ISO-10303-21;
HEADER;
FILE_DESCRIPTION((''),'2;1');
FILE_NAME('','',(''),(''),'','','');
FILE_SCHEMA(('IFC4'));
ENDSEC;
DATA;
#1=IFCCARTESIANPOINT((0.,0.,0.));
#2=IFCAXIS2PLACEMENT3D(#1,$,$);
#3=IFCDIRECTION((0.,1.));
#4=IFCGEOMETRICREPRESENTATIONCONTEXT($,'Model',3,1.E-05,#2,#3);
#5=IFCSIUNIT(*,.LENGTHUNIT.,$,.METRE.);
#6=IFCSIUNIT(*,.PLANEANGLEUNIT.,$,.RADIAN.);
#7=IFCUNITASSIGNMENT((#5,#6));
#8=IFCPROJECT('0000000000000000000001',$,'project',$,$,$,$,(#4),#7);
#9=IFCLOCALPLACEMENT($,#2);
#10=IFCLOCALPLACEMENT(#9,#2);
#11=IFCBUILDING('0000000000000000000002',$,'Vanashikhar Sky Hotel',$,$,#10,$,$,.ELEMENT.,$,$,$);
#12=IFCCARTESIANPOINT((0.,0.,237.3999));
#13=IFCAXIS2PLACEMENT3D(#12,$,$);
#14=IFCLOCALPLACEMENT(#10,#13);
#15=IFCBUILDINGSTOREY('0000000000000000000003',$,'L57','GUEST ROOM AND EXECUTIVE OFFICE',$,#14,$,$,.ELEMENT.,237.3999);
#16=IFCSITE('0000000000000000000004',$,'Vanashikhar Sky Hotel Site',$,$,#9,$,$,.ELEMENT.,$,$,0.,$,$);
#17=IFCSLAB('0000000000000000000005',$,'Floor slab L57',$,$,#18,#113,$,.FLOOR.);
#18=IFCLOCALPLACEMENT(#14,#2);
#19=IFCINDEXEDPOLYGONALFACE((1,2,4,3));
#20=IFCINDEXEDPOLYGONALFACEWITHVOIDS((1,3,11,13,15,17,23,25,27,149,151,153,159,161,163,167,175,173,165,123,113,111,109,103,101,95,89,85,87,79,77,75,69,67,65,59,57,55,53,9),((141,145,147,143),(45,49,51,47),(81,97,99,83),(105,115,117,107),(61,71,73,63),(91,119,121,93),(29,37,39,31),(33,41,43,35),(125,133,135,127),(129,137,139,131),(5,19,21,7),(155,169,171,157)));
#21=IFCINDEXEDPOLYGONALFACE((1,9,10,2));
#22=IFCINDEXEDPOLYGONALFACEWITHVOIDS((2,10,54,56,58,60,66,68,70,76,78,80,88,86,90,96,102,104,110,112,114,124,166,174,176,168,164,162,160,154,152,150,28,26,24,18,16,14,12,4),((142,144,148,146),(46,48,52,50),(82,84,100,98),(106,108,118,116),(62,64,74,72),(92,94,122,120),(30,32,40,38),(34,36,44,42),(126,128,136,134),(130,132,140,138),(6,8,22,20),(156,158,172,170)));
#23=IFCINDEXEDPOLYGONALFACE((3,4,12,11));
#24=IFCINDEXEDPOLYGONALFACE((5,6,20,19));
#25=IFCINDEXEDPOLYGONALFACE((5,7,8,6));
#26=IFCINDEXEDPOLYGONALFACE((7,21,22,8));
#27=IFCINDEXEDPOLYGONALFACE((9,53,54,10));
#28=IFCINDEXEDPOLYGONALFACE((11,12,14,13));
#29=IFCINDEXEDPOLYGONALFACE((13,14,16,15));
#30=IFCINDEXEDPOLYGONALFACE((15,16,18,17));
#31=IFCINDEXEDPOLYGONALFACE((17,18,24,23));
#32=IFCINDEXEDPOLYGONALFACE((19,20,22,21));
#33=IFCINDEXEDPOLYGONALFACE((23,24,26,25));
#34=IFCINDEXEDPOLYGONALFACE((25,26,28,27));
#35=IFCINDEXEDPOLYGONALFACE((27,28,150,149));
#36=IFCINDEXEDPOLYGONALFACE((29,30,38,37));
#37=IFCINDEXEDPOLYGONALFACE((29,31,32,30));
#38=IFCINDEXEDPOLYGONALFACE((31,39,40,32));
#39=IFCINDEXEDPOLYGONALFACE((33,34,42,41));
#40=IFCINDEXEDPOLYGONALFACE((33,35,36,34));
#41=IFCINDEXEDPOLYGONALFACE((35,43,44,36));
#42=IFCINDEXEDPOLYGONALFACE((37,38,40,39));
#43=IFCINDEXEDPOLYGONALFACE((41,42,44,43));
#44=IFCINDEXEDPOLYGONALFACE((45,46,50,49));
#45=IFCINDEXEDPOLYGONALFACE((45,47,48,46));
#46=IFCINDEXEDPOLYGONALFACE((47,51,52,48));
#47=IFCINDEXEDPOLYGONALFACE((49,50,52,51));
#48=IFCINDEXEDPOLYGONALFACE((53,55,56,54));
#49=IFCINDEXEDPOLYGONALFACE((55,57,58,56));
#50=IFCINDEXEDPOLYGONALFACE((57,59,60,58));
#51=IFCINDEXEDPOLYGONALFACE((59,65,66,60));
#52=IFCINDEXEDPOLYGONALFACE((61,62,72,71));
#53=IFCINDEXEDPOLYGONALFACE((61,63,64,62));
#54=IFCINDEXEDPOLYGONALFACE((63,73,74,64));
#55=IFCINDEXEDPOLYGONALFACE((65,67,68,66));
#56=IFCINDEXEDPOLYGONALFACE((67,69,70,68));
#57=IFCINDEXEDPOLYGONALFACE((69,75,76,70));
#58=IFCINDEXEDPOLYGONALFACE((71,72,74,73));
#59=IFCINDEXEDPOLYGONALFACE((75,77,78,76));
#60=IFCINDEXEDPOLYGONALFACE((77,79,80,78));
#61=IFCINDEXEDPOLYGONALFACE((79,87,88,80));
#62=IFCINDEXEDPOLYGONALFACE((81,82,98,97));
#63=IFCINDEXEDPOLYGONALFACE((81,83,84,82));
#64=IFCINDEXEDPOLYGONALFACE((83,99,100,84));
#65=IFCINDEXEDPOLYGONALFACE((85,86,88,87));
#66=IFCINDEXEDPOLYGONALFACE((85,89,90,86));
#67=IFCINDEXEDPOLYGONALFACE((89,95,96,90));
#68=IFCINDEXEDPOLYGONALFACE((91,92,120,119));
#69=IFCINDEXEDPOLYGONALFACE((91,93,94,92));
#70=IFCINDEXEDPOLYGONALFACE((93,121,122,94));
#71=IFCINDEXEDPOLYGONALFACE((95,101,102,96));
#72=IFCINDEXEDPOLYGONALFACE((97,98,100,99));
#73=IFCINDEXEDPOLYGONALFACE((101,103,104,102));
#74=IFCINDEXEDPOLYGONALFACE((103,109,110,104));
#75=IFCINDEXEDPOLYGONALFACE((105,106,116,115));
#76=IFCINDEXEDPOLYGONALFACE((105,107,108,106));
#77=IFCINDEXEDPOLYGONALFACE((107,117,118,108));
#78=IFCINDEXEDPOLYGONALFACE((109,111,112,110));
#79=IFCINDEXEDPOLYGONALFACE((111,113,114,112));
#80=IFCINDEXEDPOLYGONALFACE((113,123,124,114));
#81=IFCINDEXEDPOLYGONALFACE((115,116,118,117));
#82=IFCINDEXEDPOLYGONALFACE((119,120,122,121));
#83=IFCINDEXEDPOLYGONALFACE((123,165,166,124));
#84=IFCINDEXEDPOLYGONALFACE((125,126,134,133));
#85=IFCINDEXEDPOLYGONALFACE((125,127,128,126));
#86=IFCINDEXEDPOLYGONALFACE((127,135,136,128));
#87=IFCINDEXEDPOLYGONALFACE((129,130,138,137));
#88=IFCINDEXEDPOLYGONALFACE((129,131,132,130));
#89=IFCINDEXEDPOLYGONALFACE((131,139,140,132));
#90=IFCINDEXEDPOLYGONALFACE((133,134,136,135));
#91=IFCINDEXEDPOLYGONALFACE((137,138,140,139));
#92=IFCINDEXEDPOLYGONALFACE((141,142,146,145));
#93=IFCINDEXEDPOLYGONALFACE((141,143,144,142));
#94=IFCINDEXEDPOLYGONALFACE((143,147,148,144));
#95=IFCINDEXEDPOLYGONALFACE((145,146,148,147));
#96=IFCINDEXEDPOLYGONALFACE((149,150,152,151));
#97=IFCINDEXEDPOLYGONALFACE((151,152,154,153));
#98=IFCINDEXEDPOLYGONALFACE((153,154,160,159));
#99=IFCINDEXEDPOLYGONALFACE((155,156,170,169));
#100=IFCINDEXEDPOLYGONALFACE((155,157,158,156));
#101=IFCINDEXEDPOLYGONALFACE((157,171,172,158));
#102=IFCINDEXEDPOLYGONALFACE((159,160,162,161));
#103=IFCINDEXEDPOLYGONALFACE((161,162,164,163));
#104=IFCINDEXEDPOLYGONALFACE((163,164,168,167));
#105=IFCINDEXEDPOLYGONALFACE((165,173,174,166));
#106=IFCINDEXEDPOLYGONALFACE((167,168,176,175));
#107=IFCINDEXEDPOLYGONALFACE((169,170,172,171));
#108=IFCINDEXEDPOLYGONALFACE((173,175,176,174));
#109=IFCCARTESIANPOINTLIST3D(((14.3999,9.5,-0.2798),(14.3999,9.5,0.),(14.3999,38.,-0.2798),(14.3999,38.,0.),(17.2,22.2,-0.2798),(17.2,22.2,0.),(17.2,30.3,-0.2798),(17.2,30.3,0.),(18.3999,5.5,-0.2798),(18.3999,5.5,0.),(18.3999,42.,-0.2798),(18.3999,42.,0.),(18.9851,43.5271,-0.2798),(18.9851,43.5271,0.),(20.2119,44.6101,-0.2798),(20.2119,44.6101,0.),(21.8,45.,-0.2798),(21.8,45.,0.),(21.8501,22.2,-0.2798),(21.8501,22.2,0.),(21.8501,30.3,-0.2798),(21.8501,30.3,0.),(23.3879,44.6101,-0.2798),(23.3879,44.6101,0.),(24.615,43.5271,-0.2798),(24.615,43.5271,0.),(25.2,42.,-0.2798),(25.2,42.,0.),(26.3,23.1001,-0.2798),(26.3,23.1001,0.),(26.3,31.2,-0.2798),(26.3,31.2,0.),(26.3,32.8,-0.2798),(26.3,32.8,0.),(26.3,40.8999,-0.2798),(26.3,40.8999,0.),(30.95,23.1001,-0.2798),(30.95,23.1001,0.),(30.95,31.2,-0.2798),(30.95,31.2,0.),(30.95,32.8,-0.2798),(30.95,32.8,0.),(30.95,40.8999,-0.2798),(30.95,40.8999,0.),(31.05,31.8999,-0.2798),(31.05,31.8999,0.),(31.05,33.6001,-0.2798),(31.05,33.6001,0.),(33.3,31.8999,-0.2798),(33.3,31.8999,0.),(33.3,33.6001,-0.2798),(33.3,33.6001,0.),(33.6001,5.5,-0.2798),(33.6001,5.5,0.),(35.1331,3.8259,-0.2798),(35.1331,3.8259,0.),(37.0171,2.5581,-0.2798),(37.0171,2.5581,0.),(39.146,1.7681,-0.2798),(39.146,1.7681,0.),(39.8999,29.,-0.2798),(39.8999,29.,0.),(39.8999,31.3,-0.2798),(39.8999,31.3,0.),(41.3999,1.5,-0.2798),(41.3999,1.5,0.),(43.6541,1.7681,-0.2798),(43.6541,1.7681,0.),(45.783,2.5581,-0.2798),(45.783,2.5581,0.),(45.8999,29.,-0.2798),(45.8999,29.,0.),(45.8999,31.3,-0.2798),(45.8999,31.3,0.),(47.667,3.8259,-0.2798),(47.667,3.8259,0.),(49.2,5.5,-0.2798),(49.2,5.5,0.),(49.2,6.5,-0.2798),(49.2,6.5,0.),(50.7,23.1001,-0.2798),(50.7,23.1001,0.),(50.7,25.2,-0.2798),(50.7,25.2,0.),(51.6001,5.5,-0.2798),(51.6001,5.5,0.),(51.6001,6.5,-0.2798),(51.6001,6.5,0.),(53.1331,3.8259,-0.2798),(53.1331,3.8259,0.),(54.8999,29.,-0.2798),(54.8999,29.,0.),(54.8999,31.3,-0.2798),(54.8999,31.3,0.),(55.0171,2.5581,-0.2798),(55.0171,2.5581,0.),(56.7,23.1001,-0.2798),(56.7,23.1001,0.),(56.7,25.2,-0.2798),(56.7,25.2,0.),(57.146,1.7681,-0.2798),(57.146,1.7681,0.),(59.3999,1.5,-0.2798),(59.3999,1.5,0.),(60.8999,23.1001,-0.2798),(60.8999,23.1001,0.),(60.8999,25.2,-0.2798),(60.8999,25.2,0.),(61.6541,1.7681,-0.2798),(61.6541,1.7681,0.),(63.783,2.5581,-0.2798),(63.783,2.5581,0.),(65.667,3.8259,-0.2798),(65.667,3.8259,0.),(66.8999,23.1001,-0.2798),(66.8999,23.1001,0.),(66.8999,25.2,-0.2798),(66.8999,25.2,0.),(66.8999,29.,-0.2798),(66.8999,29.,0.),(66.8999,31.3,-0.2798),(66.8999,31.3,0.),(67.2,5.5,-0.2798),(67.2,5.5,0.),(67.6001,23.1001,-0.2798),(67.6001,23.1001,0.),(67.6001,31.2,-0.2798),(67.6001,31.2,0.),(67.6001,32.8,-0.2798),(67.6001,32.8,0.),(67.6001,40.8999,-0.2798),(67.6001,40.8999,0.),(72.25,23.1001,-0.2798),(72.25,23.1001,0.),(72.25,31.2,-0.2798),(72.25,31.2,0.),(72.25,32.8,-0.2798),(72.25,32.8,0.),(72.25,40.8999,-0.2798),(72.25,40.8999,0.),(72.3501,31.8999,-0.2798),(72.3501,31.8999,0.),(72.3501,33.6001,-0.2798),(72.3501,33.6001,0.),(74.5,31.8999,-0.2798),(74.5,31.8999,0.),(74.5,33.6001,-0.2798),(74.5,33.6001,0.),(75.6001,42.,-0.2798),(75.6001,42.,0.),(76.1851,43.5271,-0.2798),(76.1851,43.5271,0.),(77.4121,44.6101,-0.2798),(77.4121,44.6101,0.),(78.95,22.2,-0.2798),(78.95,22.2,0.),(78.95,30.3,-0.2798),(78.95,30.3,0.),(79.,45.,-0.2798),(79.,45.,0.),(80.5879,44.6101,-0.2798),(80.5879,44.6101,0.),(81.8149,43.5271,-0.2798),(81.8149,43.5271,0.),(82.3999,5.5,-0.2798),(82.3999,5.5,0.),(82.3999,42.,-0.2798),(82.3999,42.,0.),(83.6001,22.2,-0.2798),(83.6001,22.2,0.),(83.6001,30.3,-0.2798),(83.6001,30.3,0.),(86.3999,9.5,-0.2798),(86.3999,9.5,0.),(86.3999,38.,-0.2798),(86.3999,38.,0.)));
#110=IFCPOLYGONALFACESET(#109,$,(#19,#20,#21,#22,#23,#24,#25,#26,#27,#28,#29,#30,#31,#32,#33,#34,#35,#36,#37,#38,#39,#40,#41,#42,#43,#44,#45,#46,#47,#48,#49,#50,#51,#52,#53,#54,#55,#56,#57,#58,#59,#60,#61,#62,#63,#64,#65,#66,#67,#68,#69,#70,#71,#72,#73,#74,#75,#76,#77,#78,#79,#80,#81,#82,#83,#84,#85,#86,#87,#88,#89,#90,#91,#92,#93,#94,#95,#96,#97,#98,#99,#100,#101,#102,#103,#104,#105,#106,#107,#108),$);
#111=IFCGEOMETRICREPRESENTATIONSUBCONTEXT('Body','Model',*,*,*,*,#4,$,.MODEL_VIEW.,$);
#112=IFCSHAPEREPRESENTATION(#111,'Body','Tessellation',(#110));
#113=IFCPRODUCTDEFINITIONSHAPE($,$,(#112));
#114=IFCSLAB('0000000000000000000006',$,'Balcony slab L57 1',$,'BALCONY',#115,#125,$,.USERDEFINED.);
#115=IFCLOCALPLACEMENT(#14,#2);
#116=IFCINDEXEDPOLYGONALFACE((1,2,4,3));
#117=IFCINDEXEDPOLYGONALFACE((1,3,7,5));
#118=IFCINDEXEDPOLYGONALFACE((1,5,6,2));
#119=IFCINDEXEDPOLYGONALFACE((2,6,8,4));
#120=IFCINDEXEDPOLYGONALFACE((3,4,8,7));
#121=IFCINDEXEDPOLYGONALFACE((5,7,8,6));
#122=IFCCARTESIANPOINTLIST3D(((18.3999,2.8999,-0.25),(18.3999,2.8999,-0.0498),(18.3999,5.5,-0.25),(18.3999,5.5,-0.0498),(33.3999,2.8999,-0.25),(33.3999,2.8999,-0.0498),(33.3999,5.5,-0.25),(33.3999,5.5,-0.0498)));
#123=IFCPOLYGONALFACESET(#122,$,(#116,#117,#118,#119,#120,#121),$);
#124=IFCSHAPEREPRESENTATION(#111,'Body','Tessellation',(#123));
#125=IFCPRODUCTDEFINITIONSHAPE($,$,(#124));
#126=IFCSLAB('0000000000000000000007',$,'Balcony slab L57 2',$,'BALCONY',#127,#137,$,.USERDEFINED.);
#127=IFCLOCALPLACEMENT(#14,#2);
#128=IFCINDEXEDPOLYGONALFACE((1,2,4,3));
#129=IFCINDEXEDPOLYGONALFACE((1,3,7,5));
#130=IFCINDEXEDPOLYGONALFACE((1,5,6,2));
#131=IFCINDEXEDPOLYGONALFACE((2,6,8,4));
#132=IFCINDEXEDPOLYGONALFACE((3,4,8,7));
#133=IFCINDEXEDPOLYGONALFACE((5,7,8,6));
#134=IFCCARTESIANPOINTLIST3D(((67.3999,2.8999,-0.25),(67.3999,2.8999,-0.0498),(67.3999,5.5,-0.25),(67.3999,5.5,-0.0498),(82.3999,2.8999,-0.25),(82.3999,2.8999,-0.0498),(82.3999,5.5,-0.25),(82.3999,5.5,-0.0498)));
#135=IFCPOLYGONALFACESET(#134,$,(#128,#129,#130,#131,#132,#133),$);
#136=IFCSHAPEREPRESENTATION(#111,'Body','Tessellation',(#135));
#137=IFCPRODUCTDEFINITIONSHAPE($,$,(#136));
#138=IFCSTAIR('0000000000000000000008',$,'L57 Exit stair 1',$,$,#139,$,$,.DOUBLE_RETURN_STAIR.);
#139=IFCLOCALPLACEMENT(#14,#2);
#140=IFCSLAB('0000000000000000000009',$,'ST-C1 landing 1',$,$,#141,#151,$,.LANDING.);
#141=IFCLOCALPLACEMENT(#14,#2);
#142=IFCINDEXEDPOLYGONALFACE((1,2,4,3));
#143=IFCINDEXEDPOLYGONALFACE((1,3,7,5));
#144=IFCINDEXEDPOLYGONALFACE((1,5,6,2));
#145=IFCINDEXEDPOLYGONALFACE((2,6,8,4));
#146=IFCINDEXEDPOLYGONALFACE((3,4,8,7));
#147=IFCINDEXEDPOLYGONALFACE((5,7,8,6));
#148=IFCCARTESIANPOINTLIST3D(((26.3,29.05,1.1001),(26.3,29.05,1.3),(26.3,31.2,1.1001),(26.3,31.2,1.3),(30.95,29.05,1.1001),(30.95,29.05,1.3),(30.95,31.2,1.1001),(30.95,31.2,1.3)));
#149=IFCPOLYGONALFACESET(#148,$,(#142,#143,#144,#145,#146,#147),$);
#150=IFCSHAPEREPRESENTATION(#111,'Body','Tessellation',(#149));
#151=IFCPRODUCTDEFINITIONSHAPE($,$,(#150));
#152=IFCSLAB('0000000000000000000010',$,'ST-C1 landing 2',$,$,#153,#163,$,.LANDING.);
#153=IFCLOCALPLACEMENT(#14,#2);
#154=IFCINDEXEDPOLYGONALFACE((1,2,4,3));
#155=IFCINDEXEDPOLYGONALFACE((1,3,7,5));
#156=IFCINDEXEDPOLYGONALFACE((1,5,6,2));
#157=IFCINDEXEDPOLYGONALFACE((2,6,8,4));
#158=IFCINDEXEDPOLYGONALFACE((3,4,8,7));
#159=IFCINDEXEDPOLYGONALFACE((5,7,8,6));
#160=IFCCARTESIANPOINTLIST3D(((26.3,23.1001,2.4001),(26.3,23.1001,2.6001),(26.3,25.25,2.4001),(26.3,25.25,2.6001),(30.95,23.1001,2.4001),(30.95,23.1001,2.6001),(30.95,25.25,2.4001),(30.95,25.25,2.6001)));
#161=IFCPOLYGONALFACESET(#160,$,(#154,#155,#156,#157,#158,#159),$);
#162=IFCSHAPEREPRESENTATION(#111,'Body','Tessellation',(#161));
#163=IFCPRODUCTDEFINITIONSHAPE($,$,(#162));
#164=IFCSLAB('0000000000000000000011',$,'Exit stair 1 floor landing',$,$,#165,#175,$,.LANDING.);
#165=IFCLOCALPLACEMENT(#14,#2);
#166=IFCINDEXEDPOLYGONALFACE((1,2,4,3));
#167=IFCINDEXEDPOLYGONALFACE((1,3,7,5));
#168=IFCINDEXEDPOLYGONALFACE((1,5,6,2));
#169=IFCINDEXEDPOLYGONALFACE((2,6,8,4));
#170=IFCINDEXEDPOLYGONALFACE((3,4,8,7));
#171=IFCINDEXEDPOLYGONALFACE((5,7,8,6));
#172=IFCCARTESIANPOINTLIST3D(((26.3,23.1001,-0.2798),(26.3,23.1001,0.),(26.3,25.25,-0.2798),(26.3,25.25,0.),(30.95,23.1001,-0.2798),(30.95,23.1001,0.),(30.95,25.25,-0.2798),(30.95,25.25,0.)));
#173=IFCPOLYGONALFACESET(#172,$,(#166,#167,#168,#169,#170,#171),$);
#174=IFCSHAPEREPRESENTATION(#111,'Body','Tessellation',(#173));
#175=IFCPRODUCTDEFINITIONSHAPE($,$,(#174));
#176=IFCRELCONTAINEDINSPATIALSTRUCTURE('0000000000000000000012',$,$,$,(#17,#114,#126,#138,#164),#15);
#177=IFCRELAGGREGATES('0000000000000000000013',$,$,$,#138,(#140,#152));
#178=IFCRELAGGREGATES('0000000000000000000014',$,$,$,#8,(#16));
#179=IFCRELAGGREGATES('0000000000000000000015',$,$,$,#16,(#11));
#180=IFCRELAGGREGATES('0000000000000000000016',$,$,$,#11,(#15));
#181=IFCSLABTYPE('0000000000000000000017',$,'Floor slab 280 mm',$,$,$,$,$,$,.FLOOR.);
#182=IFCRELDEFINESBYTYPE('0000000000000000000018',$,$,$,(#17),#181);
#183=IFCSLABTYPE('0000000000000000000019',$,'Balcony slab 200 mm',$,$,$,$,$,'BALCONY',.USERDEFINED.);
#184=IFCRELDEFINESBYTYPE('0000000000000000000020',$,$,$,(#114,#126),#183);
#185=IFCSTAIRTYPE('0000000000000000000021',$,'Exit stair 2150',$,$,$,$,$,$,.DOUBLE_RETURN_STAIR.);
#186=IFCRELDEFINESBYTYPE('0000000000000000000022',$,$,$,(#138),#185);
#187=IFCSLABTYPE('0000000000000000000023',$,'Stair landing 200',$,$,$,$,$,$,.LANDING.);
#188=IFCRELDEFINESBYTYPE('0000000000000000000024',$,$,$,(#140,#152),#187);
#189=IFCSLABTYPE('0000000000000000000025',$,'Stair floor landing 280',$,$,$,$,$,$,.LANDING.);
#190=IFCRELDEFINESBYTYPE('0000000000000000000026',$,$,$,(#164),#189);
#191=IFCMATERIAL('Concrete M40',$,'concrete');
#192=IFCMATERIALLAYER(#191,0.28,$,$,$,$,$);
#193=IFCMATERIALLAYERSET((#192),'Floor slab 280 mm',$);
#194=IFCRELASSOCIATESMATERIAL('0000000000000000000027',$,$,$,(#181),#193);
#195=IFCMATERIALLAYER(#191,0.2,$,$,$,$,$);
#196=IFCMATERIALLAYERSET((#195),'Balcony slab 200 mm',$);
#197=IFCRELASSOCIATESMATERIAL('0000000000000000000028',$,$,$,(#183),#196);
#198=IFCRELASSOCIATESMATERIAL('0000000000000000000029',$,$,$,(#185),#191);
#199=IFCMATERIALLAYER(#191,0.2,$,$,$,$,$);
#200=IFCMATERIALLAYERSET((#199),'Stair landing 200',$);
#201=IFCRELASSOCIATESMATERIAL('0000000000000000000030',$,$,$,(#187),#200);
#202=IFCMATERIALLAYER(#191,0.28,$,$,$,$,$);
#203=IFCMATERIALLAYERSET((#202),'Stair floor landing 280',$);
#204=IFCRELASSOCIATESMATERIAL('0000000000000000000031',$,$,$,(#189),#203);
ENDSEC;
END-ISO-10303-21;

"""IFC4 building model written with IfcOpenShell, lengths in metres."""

from ifc_helpers import new_model, si_unit, direction, frame, origin, place, context, subcontext, project, spatial, polyline, outline, extrude, source, transform, mapped, material, layer, layer_set, type_object, element, aggregate, save


model = new_model("IFC4")

# Units and contexts
model_context = context("Model", 3, precision=1e-05, world=origin(), true_north=direction((0.0, 1.0)))
body_context = subcontext(model_context, "Body", "Model", "MODEL_VIEW")
ifc_project = project(units=[si_unit("LENGTHUNIT", "METRE"), si_unit("PLANEANGLEUNIT", "RADIAN")], contexts=[model_context])

# Site, building, storey
site_placement = place(None, origin())
site = spatial("IfcSite", under=ifc_project, at=site_placement, Name="Vanashikhar Sky Hotel Site", CompositionType="ELEMENT", RefElevation=0.0)
building_placement = place(site_placement, origin())
building = spatial("IfcBuilding", under=site, at=building_placement, Name="Vanashikhar Sky Hotel", CompositionType="ELEMENT")
storey_placement = place(building_placement, frame((0.0, 0.0, 237.3999)))
storey = spatial("IfcBuildingStorey", under=building, at=storey_placement, Name="L57", Description="GUEST ROOM AND EXECUTIVE OFFICE", CompositionType="ELEMENT", Elevation=237.3999)

# Slabs
ifc_material = material(Name="Concrete M40", Category="concrete")
ifc_layer_1 = layer(ifc_material, 0.28)
ifc_layer_set_1 = layer_set([ifc_layer_1], Name="Floor slab 280 mm")
slab_type_1 = type_object("IfcSlabType", Name="Floor slab 280 mm", PredefinedType="FLOOR", material=ifc_layer_set_1)
shared_shape_1 = source(origin(), body_context, "Body", "SweptSolid", [
    extrude(outline(polyline([(49.2, 5.5), (49.2, 6.5), (51.6001, 6.5), (51.6001, 5.5), (53.1331, 3.8259), (55.0171, 2.5581), (57.146, 1.7681), (59.3999, 1.5), (61.6541, 1.7681), (63.783, 2.5581), (65.667, 3.8259), (67.2, 5.5), (82.3999, 5.5), (86.3999, 9.5), (86.3999, 38.0), (82.3999, 42.0), (81.8149, 43.5271), (80.5879, 44.6101), (79.0, 45.0), (77.4121, 44.6101), (76.1851, 43.5271), (75.6001, 42.0), (25.2, 42.0), (24.615, 43.5271), (23.3879, 44.6101), (21.8, 45.0), (20.2119, 44.6101), (18.9851, 43.5271), (18.3999, 42.0), (14.3999, 38.0), (14.3999, 9.5), (18.3999, 5.5), (33.6001, 5.5), (35.1331, 3.8259), (37.0171, 2.5581), (39.146, 1.7681), (41.3999, 1.5), (43.6541, 1.7681), (45.783, 2.5581), (47.667, 3.8259), (49.2, 5.5)]), holes=[polyline([(33.3, 33.6001), (31.05, 33.6001), (31.05, 31.8999), (33.3, 31.8999), (33.3, 33.6001)]), polyline([(39.8999, 31.3), (39.8999, 29.0), (45.8999, 29.0), (45.8999, 31.3), (39.8999, 31.3)]), polyline([(50.7, 25.2), (50.7, 23.1001), (56.7, 23.1001), (56.7, 25.2), (50.7, 25.2)]), polyline([(66.8999, 29.0), (66.8999, 31.3), (54.8999, 31.3), (54.8999, 29.0), (66.8999, 29.0)]), polyline([(60.8999, 25.2), (60.8999, 23.1001), (66.8999, 23.1001), (66.8999, 25.2), (60.8999, 25.2)]), polyline([(74.5, 33.6001), (72.3501, 33.6001), (72.3501, 31.8999), (74.5, 31.8999), (74.5, 33.6001)]), polyline([(30.95, 23.1001), (30.95, 31.2), (26.3, 31.2), (26.3, 23.1001), (30.95, 23.1001)]), polyline([(72.25, 23.1001), (72.25, 31.2), (67.6001, 31.2), (67.6001, 23.1001), (72.25, 23.1001)]), polyline([(30.95, 32.8), (30.95, 40.8999), (26.3, 40.8999), (26.3, 32.8), (30.95, 32.8)]), polyline([(72.25, 32.8), (72.25, 40.8999), (67.6001, 40.8999), (67.6001, 32.8), (72.25, 32.8)]), polyline([(83.6001, 22.2), (83.6001, 30.3), (78.95, 30.3), (78.95, 22.2), (83.6001, 22.2)]), polyline([(21.8501, 22.2), (21.8501, 30.3), (17.2, 30.3), (17.2, 22.2), (21.8501, 22.2)])]), origin(), (0.0, 0.0, 1.0), 0.2798),
])
slab_1_placement = place(storey_placement, frame((0.0, 0.0, -0.2798)))
element("IfcSlab", 1, at=slab_1_placement, inside=storey, type_object=slab_type_1, Name="Floor slab L57", PredefinedType="FLOOR", context=body_context, shape_type="MappedRepresentation", body=[
    mapped(shared_shape_1, transform((0.0, 0.0, 0.0), scale=1.0)),
])
ifc_layer_2 = layer(ifc_material, 0.2)
ifc_layer_set_2 = layer_set([ifc_layer_2], Name="Balcony slab 200 mm")
slab_type_2 = type_object("IfcSlabType", Name="Balcony slab 200 mm", ElementType="BALCONY", PredefinedType="USERDEFINED", material=ifc_layer_set_2)
shared_shape_2 = source(origin(), body_context, "Body", "SweptSolid", [
    extrude(outline(polyline([(18.3999, 2.8999), (33.3999, 2.8999), (33.3999, 5.5), (18.3999, 5.5), (18.3999, 2.8999)])), origin(), (0.0, 0.0, 1.0), 0.2002),
])
slab_2_placement = place(storey_placement, frame((0.0, 0.0, -0.25)))
element("IfcSlab", 2, at=slab_2_placement, inside=storey, type_object=slab_type_2, Name="Balcony slab L57 1", ObjectType="BALCONY", PredefinedType="USERDEFINED", context=body_context, shape_type="MappedRepresentation", body=[
    mapped(shared_shape_2, transform((0.0, 0.0, 0.0), scale=1.0)),
])
shared_shape_3 = source(origin(), body_context, "Body", "SweptSolid", [
    extrude(outline(polyline([(67.3999, 2.8999), (82.3999, 2.8999), (82.3999, 5.5), (67.3999, 5.5), (67.3999, 2.8999)])), origin(), (0.0, 0.0, 1.0), 0.2002),
])
slab_3_placement = place(storey_placement, frame((0.0, 0.0, -0.25)))
element("IfcSlab", 3, at=slab_3_placement, inside=storey, type_object=slab_type_2, Name="Balcony slab L57 2", ObjectType="BALCONY", PredefinedType="USERDEFINED", context=body_context, shape_type="MappedRepresentation", body=[
    mapped(shared_shape_3, transform((0.0, 0.0, 0.0), scale=1.0)),
])

# Stair, slabs
stair_type = type_object("IfcStairType", Name="Exit stair 2150", PredefinedType="DOUBLE_RETURN_STAIR", material=ifc_material)
stair_1_placement = place(storey_placement, origin())
stair_1 = element("IfcStair", 4, at=stair_1_placement, inside=storey, type_object=stair_type, Name="L57 Exit stair 1", PredefinedType="DOUBLE_RETURN_STAIR")
ifc_layer_3 = layer(ifc_material, 0.2)
ifc_layer_set_3 = layer_set([ifc_layer_3], Name="Stair landing 200")
slab_type_3 = type_object("IfcSlabType", Name="Stair landing 200", PredefinedType="LANDING", material=ifc_layer_set_3)
shared_shape_4 = source(origin(), body_context, "Body", "SweptSolid", [
    extrude(outline(polyline([(30.95, 29.05), (30.95, 31.2), (26.3, 31.2), (26.3, 29.05), (30.95, 29.05)])), origin(), (0.0, 0.0, 1.0), 0.2),
])
slab_4_placement = place(storey_placement, frame((0.0, 0.0, 1.1001)))
slab_4 = element("IfcSlab", 5, at=slab_4_placement, type_object=slab_type_3, Name="ST-C1 landing 1", PredefinedType="LANDING", context=body_context, shape_type="MappedRepresentation", body=[
    mapped(shared_shape_4, transform((0.0, 0.0, 0.0), scale=1.0)),
])
shared_shape_5 = source(origin(), body_context, "Body", "SweptSolid", [
    extrude(outline(polyline([(30.95, 23.1001), (30.95, 25.25), (26.3, 25.25), (26.3, 23.1001), (30.95, 23.1001)])), origin(), (0.0, 0.0, 1.0), 0.2),
])
slab_5_placement = place(storey_placement, frame((0.0, 0.0, 2.4001)))
slab_5 = element("IfcSlab", 6, at=slab_5_placement, type_object=slab_type_3, Name="ST-C1 landing 2", PredefinedType="LANDING", context=body_context, shape_type="MappedRepresentation", body=[
    mapped(shared_shape_5, transform((0.0, 0.0, 0.0), scale=1.0)),
])
aggregate(stair_1, [slab_4, slab_5])

# Slab
ifc_layer_4 = layer(ifc_material, 0.28)
ifc_layer_set_4 = layer_set([ifc_layer_4], Name="Stair floor landing 280")
slab_type_4 = type_object("IfcSlabType", Name="Stair floor landing 280", PredefinedType="LANDING", material=ifc_layer_set_4)
shared_shape_6 = source(origin(), body_context, "Body", "SweptSolid", [
    extrude(outline(polyline([(30.95, 23.1001), (30.95, 25.25), (26.3, 25.25), (26.3, 23.1001), (30.95, 23.1001)])), origin(), (0.0, 0.0, 1.0), 0.2798),
])
slab_6_placement = place(storey_placement, frame((0.0, 0.0, -0.2798)))
element("IfcSlab", 7, at=slab_6_placement, inside=storey, type_object=slab_type_4, Name="Exit stair 1 floor landing", PredefinedType="LANDING", context=body_context, shape_type="MappedRepresentation", body=[
    mapped(shared_shape_6, transform((0.0, 0.0, 0.0), scale=1.0)),
])

save(model, "model.ifc")
